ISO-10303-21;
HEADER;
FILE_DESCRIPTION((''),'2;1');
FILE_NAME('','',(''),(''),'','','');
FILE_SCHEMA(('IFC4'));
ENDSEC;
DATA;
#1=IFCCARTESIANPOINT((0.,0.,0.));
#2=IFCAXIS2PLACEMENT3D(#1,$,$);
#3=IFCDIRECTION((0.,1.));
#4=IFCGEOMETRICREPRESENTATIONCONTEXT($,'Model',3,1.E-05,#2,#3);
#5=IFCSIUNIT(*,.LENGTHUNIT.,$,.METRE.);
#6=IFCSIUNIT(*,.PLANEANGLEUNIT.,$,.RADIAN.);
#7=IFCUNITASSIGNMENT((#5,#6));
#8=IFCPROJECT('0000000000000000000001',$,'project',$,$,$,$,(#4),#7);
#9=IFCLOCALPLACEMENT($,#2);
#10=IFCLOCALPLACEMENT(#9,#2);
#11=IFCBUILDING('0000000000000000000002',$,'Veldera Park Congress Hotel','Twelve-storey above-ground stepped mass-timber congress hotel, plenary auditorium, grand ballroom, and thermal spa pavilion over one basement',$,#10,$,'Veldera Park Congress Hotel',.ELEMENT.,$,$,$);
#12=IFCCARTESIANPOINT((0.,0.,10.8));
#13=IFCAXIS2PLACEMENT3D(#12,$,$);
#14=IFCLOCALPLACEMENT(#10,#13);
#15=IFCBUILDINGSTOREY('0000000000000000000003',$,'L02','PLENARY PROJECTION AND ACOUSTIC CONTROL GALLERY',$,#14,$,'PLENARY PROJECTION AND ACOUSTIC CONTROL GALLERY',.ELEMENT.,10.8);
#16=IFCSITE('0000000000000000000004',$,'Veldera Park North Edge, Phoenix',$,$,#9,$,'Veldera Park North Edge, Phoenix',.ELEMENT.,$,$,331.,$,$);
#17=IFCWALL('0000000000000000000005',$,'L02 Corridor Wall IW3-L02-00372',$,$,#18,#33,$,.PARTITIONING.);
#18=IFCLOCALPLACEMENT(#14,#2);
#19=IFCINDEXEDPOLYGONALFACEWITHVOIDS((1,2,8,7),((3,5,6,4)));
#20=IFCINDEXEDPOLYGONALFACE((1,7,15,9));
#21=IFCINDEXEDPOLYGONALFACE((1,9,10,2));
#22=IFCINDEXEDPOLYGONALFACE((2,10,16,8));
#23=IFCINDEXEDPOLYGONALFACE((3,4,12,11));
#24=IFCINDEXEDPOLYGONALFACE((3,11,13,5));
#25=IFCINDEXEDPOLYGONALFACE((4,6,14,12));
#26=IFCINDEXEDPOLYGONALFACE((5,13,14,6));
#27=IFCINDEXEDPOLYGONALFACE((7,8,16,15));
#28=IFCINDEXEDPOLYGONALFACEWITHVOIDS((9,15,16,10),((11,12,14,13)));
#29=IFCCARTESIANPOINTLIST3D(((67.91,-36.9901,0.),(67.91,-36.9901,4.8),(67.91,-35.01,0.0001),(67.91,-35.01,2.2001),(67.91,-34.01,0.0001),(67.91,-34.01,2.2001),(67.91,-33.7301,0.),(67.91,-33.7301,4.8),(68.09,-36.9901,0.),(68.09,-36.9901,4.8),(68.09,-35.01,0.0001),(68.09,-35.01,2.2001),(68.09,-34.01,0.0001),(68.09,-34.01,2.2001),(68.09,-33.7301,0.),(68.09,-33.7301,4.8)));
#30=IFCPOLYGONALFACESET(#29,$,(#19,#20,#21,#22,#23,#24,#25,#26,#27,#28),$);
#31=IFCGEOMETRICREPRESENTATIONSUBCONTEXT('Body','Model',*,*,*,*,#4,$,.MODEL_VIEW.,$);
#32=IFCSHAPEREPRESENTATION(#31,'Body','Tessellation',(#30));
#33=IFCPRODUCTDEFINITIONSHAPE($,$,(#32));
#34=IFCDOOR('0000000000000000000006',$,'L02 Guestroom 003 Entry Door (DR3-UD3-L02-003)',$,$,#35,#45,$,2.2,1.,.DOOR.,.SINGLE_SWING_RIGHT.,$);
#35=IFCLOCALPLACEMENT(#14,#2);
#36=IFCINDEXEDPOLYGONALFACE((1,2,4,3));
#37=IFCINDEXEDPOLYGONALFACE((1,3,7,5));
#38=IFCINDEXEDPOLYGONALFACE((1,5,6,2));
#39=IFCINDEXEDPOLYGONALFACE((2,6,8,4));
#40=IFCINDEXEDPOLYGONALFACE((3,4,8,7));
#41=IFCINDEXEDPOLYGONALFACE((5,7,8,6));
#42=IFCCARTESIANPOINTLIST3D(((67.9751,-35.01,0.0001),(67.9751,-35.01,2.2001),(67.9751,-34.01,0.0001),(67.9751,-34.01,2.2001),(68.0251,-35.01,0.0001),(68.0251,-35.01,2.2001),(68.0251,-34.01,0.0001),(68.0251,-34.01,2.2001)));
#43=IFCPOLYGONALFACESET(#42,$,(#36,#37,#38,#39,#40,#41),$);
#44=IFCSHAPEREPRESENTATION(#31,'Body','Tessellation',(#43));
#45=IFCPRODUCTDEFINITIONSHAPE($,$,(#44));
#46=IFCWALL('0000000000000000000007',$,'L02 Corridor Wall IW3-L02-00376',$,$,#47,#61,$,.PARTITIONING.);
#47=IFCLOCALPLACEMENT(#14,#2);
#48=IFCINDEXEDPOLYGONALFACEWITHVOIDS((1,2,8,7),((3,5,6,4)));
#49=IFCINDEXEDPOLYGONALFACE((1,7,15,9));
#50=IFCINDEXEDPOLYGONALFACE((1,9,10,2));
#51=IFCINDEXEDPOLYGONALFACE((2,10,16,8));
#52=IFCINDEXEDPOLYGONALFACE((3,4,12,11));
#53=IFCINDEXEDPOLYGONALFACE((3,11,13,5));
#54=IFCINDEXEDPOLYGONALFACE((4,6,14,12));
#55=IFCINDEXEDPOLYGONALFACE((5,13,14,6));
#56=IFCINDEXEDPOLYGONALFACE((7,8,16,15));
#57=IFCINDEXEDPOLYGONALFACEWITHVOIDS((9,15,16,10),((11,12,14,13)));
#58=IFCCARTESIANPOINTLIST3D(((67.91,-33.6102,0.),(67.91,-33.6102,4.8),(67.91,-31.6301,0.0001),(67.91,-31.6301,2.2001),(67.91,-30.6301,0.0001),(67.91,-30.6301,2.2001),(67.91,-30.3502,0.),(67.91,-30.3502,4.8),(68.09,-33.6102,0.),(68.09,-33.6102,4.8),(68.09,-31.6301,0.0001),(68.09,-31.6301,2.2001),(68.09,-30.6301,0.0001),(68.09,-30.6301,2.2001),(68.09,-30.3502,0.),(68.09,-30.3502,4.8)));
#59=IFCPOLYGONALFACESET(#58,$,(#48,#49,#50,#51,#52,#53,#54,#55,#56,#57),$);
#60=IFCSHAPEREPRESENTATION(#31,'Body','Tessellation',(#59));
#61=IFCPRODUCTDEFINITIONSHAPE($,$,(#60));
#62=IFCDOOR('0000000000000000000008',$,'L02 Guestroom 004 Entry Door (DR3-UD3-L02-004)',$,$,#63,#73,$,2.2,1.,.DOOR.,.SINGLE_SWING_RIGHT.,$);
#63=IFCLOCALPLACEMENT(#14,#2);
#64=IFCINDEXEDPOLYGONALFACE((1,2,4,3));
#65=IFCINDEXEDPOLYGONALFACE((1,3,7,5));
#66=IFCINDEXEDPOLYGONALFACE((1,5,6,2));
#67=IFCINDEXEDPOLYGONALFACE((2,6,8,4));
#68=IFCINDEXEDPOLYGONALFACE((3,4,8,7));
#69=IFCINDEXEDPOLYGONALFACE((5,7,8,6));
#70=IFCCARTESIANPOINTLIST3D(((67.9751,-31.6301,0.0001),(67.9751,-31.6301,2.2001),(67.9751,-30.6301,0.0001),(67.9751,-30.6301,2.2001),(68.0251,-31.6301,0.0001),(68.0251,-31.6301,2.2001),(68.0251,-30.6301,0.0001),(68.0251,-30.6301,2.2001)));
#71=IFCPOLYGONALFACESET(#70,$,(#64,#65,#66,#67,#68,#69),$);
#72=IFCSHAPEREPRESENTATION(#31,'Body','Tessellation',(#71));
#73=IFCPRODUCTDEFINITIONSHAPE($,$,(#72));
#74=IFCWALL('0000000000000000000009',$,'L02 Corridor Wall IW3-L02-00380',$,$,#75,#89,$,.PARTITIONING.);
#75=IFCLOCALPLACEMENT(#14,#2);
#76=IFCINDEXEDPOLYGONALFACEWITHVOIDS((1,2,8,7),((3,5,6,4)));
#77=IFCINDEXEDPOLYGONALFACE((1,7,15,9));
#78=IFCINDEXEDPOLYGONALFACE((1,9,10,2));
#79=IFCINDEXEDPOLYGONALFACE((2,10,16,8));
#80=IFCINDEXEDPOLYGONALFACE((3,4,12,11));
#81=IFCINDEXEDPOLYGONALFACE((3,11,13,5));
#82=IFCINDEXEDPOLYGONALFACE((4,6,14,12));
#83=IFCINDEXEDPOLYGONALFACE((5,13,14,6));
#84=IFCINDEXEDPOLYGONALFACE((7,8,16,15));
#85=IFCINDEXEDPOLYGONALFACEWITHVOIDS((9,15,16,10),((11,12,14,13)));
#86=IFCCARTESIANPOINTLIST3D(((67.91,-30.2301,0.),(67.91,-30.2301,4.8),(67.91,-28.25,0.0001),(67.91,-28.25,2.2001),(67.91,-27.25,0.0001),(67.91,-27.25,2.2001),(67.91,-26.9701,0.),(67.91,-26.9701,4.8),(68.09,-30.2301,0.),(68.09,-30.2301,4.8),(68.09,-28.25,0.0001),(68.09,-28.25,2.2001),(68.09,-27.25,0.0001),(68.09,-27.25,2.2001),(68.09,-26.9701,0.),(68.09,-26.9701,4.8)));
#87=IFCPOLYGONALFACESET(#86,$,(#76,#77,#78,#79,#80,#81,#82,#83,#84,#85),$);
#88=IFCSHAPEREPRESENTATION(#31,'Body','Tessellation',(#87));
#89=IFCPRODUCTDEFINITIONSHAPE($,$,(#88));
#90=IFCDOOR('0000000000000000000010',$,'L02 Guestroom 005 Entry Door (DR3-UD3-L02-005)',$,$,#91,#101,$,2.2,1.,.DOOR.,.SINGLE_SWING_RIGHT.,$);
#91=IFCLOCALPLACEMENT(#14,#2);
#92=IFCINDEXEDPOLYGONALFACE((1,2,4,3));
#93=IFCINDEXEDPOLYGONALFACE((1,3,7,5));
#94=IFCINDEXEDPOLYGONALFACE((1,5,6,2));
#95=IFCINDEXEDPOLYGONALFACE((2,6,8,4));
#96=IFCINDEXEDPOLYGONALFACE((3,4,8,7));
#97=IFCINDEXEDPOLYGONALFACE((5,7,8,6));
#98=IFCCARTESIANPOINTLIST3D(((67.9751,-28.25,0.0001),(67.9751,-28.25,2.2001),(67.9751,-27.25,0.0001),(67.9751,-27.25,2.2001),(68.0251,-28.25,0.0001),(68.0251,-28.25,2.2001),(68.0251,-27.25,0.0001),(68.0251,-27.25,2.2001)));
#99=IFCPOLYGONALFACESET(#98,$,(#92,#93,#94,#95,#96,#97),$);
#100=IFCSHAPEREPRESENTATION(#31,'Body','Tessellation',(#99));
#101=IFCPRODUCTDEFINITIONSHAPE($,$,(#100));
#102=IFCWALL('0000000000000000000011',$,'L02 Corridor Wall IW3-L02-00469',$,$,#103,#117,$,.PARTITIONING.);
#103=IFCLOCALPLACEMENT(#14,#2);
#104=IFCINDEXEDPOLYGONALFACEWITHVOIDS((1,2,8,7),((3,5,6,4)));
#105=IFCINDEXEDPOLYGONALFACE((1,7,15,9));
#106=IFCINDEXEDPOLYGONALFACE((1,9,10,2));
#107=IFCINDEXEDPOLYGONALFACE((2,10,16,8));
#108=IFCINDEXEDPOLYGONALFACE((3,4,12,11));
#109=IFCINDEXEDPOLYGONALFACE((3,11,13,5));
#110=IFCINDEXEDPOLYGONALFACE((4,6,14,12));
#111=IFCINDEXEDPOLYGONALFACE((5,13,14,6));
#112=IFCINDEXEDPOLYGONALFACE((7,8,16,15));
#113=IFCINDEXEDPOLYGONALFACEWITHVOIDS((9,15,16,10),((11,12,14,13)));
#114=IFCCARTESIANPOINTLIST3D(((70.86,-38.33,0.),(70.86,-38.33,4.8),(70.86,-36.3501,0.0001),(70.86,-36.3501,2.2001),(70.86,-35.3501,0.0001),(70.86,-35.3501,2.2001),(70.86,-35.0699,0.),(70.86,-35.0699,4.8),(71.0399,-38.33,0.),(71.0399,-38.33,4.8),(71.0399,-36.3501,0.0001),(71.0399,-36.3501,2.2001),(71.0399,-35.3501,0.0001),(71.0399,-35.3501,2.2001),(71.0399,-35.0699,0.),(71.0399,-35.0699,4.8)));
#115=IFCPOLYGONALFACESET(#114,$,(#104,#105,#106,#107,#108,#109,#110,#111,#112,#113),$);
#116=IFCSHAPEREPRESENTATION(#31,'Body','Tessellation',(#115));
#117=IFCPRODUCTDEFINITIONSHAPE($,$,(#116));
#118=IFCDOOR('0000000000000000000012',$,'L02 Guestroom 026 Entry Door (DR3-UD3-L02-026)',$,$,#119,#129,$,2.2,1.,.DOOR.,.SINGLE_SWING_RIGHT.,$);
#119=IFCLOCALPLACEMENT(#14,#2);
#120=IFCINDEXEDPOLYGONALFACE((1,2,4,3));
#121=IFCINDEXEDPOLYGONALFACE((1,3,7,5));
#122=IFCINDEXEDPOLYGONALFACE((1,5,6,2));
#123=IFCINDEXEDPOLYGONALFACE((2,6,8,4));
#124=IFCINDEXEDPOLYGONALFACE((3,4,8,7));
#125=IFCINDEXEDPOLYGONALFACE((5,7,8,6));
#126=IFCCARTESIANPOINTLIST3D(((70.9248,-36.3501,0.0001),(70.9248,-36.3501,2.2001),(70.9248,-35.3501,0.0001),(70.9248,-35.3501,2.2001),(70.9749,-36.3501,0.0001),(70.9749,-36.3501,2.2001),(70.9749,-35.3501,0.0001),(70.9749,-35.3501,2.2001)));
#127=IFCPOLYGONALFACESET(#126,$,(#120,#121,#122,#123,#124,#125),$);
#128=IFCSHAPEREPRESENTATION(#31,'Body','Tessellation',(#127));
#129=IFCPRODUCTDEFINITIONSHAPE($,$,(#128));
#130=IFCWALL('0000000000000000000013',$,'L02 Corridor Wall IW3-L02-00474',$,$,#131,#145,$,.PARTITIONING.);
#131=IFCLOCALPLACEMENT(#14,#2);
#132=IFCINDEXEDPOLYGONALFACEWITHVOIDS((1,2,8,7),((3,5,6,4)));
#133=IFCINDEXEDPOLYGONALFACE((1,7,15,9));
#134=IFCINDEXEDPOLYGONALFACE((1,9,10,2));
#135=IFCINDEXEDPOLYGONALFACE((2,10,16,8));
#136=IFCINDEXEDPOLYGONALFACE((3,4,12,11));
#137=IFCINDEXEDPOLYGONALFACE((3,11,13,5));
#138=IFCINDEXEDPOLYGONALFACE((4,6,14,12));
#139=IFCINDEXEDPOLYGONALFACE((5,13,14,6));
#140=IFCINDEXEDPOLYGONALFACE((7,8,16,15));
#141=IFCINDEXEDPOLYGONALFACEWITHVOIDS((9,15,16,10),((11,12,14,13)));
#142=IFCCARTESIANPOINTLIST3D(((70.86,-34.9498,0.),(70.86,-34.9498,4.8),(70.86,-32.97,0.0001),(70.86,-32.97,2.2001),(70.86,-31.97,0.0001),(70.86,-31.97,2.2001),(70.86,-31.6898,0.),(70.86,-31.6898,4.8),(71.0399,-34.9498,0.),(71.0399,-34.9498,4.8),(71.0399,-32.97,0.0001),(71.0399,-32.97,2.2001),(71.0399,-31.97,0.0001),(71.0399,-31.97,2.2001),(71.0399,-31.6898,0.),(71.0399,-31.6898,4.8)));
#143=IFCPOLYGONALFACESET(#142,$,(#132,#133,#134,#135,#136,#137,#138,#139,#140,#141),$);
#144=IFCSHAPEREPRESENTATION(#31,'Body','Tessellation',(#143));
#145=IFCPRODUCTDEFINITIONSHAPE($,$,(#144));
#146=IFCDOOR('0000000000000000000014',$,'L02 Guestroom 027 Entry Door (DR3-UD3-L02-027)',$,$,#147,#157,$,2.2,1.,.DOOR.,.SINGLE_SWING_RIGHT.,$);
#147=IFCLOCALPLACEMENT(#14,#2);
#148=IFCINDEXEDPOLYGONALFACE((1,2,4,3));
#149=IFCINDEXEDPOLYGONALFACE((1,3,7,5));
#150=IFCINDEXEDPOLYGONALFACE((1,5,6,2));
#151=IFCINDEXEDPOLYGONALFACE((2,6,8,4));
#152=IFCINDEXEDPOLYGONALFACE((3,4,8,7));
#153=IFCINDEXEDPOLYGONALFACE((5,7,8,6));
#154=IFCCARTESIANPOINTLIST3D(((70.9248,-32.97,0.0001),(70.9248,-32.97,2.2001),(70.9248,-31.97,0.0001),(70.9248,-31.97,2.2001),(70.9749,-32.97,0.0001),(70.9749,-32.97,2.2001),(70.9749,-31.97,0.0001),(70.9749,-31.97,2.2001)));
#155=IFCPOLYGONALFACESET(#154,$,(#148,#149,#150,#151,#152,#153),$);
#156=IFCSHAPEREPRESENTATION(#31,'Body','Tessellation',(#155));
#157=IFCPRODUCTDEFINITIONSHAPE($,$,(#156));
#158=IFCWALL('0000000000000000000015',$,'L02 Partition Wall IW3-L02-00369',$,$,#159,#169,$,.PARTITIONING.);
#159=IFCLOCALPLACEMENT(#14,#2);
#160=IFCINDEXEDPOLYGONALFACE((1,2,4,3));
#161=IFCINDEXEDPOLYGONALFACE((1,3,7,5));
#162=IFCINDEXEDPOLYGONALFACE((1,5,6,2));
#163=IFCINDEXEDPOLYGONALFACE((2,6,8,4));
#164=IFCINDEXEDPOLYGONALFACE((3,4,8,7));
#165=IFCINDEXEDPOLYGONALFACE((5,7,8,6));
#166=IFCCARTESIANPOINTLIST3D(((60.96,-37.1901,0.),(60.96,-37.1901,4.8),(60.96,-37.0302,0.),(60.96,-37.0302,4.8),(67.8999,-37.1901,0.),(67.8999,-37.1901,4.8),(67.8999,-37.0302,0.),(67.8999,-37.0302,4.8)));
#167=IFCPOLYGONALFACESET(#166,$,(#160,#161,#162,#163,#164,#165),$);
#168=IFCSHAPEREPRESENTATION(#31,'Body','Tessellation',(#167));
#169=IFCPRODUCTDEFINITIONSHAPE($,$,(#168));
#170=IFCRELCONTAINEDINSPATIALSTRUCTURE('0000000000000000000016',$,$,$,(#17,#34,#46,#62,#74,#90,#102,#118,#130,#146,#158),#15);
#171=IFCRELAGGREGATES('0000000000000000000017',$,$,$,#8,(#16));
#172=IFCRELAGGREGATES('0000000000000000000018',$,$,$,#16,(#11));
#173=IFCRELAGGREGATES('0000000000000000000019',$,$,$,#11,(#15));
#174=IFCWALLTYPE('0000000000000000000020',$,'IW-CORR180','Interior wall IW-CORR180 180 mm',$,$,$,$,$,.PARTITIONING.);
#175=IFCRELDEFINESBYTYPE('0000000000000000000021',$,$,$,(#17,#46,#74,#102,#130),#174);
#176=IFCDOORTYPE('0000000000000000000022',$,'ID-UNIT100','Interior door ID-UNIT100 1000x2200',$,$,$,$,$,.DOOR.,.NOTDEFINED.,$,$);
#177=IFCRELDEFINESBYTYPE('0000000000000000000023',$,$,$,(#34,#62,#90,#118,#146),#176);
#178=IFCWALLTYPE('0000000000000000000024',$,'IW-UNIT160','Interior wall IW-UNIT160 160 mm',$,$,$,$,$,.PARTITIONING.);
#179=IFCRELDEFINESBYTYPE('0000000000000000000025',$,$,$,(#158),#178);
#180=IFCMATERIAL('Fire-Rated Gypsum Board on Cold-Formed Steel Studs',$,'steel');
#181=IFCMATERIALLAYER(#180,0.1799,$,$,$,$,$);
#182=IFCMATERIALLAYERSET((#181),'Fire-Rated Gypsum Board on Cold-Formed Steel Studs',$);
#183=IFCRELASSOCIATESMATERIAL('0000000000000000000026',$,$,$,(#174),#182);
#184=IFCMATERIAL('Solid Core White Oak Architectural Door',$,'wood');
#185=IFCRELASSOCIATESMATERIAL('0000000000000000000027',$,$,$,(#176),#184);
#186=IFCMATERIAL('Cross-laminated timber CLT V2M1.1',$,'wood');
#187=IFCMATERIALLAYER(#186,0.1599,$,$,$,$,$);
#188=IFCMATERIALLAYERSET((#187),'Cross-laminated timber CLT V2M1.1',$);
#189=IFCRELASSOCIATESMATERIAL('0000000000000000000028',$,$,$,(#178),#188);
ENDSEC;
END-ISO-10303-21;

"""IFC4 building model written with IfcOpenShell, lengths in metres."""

from ifc_helpers import new_model, si_unit, direction, frame, frame_2d, origin, place, context, subcontext, project, spatial, rectangle, extrude, material, layer, layer_set, type_object, element, fill, save


model = new_model("IFC4")

# Units and contexts
model_context = context("Model", 3, precision=1e-05, world=origin(), true_north=direction((0.0, 1.0)))
body_context = subcontext(model_context, "Body", "Model", "MODEL_VIEW")
ifc_project = project(units=[si_unit("LENGTHUNIT", "METRE"), si_unit("PLANEANGLEUNIT", "RADIAN")], contexts=[model_context])

# Site, building, storey
site_placement = place(None, origin())
site = spatial("IfcSite", under=ifc_project, at=site_placement, Name="Veldera Park North Edge, Phoenix", LongName="Veldera Park North Edge, Phoenix", CompositionType="ELEMENT", RefElevation=331.0)
building_placement = place(site_placement, origin())
building = spatial("IfcBuilding", under=site, at=building_placement, Name="Veldera Park Congress Hotel", Description="Twelve-storey above-ground stepped mass-timber congress hotel, plenary auditorium, grand ballroom, and thermal spa pavilion over one basement", LongName="Veldera Park Congress Hotel", CompositionType="ELEMENT")
storey_placement = place(building_placement, frame((0.0, 0.0, 10.8)))
storey = spatial("IfcBuildingStorey", under=building, at=storey_placement, Name="L02", Description="PLENARY PROJECTION AND ACOUSTIC CONTROL GALLERY", LongName="PLENARY PROJECTION AND ACOUSTIC CONTROL GALLERY", CompositionType="ELEMENT", Elevation=10.8)

# Shared definitions
ifc_material_1 = material(Name="Cross-laminated timber CLT V2M1.1", Category="wood")

# Shared definitions
ifc_material_2 = material(Name="Fire-Rated Gypsum Board on Cold-Formed Steel Studs", Category="steel")
ifc_material_3 = material(Name="Solid Core White Oak Architectural Door", Category="wood")

# Walls, openings, doors
ifc_layer_1 = layer(ifc_material_2, 0.1799)
ifc_layer_set_1 = layer_set([ifc_layer_1], Name="Fire-Rated Gypsum Board on Cold-Formed Steel Studs")
wall_type_1 = type_object("IfcWallType", Name="IW-CORR180", Description="Interior wall IW-CORR180 180 mm", PredefinedType="PARTITIONING", material=ifc_layer_set_1)
wall_1_placement = place(storey_placement, frame((68.0, -36.99, 0.0), z_axis=(0.0, 0.0, 1.0), x_axis=(0.0, 1.0, 0.0)))
wall_1 = element("IfcWall", 1, at=wall_1_placement, inside=storey, type_object=wall_type_1, Name="L02 Corridor Wall IW3-L02-00372", PredefinedType="PARTITIONING", context=body_context, shape_type="SweptSolid", body=[
    extrude(rectangle(XDim=3.26, YDim=0.1799, at=frame_2d((1.6299, 0.0))), origin(), (0.0, 0.0, 1.0), 4.8),
])
opening_1_placement = place(wall_1_placement, frame((1.98, 0.0, 0.0)))
opening_1 = element("IfcOpeningElement", 2, at=opening_1_placement, cuts=wall_1, PredefinedType="OPENING", context=body_context, shape_type="SweptSolid", body=[
    extrude(rectangle(XDim=1.0, YDim=2.2, at=frame_2d((0.5, 1.1001))), frame((0.0, 0.1021, 0.0), z_axis=(0.0, -1.0, 0.0), x_axis=(1.0, 0.0, 0.0)), (0.0, 0.0, 1.0), 0.2039),
])
door_type_1 = type_object("IfcDoorType", Name="ID-UNIT100", Description="Interior door ID-UNIT100 1000x2200", OperationType="NOTDEFINED", PredefinedType="DOOR", material=ifc_material_3)
door_1_placement = place(opening_1_placement, origin())
door_1 = element("IfcDoor", 3, at=door_1_placement, inside=storey, type_object=door_type_1, Name="L02 Guestroom 003 Entry Door (DR3-UD3-L02-003)", OperationType="SINGLE_SWING_RIGHT", OverallHeight=2.2, OverallWidth=1.0, PredefinedType="DOOR", context=body_context, shape_type="SweptSolid", body=[
    extrude(rectangle(XDim=1.0, YDim=2.2, at=frame_2d((0.5, 1.1001))), frame((0.0, 0.0249, 0.0), z_axis=(0.0, -1.0, 0.0), x_axis=(1.0, 0.0, 0.0)), (0.0, 0.0, 1.0), 0.05),
])
fill(opening_1, door_1)
wall_2_placement = place(storey_placement, frame((68.0, -33.6101, 0.0), z_axis=(0.0, 0.0, 1.0), x_axis=(0.0, 1.0, 0.0)))
wall_2 = element("IfcWall", 4, at=wall_2_placement, inside=storey, type_object=wall_type_1, Name="L02 Corridor Wall IW3-L02-00376", PredefinedType="PARTITIONING", context=body_context, shape_type="SweptSolid", body=[
    extrude(rectangle(XDim=3.26, YDim=0.1799, at=frame_2d((1.6299, 0.0))), origin(), (0.0, 0.0, 1.0), 4.8),
])
opening_2_placement = place(wall_2_placement, frame((1.98, 0.0, 0.0)))
opening_2 = element("IfcOpeningElement", 5, at=opening_2_placement, cuts=wall_2, PredefinedType="OPENING", context=body_context, shape_type="SweptSolid", body=[
    extrude(rectangle(XDim=1.0, YDim=2.2, at=frame_2d((0.5, 1.1001))), frame((0.0, 0.1021, 0.0), z_axis=(0.0, -1.0, 0.0), x_axis=(1.0, 0.0, 0.0)), (0.0, 0.0, 1.0), 0.2039),
])
door_2_placement = place(opening_2_placement, origin())
door_2 = element("IfcDoor", 6, at=door_2_placement, inside=storey, type_object=door_type_1, Name="L02 Guestroom 004 Entry Door (DR3-UD3-L02-004)", OperationType="SINGLE_SWING_RIGHT", OverallHeight=2.2, OverallWidth=1.0, PredefinedType="DOOR", context=body_context, shape_type="SweptSolid", body=[
    extrude(rectangle(XDim=1.0, YDim=2.2, at=frame_2d((0.5, 1.1001))), frame((0.0, 0.0249, 0.0), z_axis=(0.0, -1.0, 0.0), x_axis=(1.0, 0.0, 0.0)), (0.0, 0.0, 1.0), 0.05),
])
fill(opening_2, door_2)
wall_3_placement = place(storey_placement, frame((68.0, -30.23, 0.0), z_axis=(0.0, 0.0, 1.0), x_axis=(0.0, 1.0, 0.0)))
wall_3 = element("IfcWall", 7, at=wall_3_placement, inside=storey, type_object=wall_type_1, Name="L02 Corridor Wall IW3-L02-00380", PredefinedType="PARTITIONING", context=body_context, shape_type="SweptSolid", body=[
    extrude(rectangle(XDim=3.26, YDim=0.1799, at=frame_2d((1.6299, 0.0))), origin(), (0.0, 0.0, 1.0), 4.8),
])
opening_3_placement = place(wall_3_placement, frame((1.98, 0.0, 0.0)))
opening_3 = element("IfcOpeningElement", 8, at=opening_3_placement, cuts=wall_3, PredefinedType="OPENING", context=body_context, shape_type="SweptSolid", body=[
    extrude(rectangle(XDim=1.0, YDim=2.2, at=frame_2d((0.5, 1.1001))), frame((0.0, 0.1021, 0.0), z_axis=(0.0, -1.0, 0.0), x_axis=(1.0, 0.0, 0.0)), (0.0, 0.0, 1.0), 0.2039),
])
door_3_placement = place(opening_3_placement, origin())
door_3 = element("IfcDoor", 9, at=door_3_placement, inside=storey, type_object=door_type_1, Name="L02 Guestroom 005 Entry Door (DR3-UD3-L02-005)", OperationType="SINGLE_SWING_RIGHT", OverallHeight=2.2, OverallWidth=1.0, PredefinedType="DOOR", context=body_context, shape_type="SweptSolid", body=[
    extrude(rectangle(XDim=1.0, YDim=2.2, at=frame_2d((0.5, 1.1001))), frame((0.0, 0.0249, 0.0), z_axis=(0.0, -1.0, 0.0), x_axis=(1.0, 0.0, 0.0)), (0.0, 0.0, 1.0), 0.05),
])
fill(opening_3, door_3)
wall_4_placement = place(storey_placement, frame((70.95, -35.0701, 0.0), z_axis=(0.0, 0.0, 1.0), x_axis=(0.0, -1.0, 0.0)))
wall_4 = element("IfcWall", 10, at=wall_4_placement, inside=storey, type_object=wall_type_1, Name="L02 Corridor Wall IW3-L02-00469", PredefinedType="PARTITIONING", context=body_context, shape_type="SweptSolid", body=[
    extrude(rectangle(XDim=3.26, YDim=0.1799, at=frame_2d((1.6299, 0.0))), origin(), (0.0, 0.0, 1.0), 4.8),
])
opening_4_placement = place(wall_4_placement, frame((0.28, 0.0, 0.0)))
opening_4 = element("IfcOpeningElement", 11, at=opening_4_placement, cuts=wall_4, PredefinedType="OPENING", context=body_context, shape_type="SweptSolid", body=[
    extrude(rectangle(XDim=1.0, YDim=2.2, at=frame_2d((0.5, 1.1001))), frame((0.0, 0.1021, 0.0), z_axis=(0.0, -1.0, 0.0), x_axis=(1.0, 0.0, 0.0)), (0.0, 0.0, 1.0), 0.2039),
])
door_4_placement = place(opening_4_placement, origin())
door_4 = element("IfcDoor", 12, at=door_4_placement, inside=storey, type_object=door_type_1, Name="L02 Guestroom 026 Entry Door (DR3-UD3-L02-026)", OperationType="SINGLE_SWING_RIGHT", OverallHeight=2.2, OverallWidth=1.0, PredefinedType="DOOR", context=body_context, shape_type="SweptSolid", body=[
    extrude(rectangle(XDim=1.0, YDim=2.2, at=frame_2d((0.5, 1.1001))), frame((0.0, 0.0249, 0.0), z_axis=(0.0, -1.0, 0.0), x_axis=(1.0, 0.0, 0.0)), (0.0, 0.0, 1.0), 0.05),
])
fill(opening_4, door_4)
wall_5_placement = place(storey_placement, frame((70.95, -31.6899, 0.0), z_axis=(0.0, 0.0, 1.0), x_axis=(0.0, -1.0, 0.0)))
wall_5 = element("IfcWall", 13, at=wall_5_placement, inside=storey, type_object=wall_type_1, Name="L02 Corridor Wall IW3-L02-00474", PredefinedType="PARTITIONING", context=body_context, shape_type="SweptSolid", body=[
    extrude(rectangle(XDim=3.26, YDim=0.1799, at=frame_2d((1.6299, 0.0))), origin(), (0.0, 0.0, 1.0), 4.8),
])
opening_5_placement = place(wall_5_placement, frame((0.28, 0.0, 0.0)))
opening_5 = element("IfcOpeningElement", 14, at=opening_5_placement, cuts=wall_5, PredefinedType="OPENING", context=body_context, shape_type="SweptSolid", body=[
    extrude(rectangle(XDim=1.0, YDim=2.2, at=frame_2d((0.5, 1.1001))), frame((0.0, 0.1021, 0.0), z_axis=(0.0, -1.0, 0.0), x_axis=(1.0, 0.0, 0.0)), (0.0, 0.0, 1.0), 0.2039),
])
door_5_placement = place(opening_5_placement, origin())
door_5 = element("IfcDoor", 15, at=door_5_placement, inside=storey, type_object=door_type_1, Name="L02 Guestroom 027 Entry Door (DR3-UD3-L02-027)", OperationType="SINGLE_SWING_RIGHT", OverallHeight=2.2, OverallWidth=1.0, PredefinedType="DOOR", context=body_context, shape_type="SweptSolid", body=[
    extrude(rectangle(XDim=1.0, YDim=2.2, at=frame_2d((0.5, 1.1001))), frame((0.0, 0.0249, 0.0), z_axis=(0.0, -1.0, 0.0), x_axis=(1.0, 0.0, 0.0)), (0.0, 0.0, 1.0), 0.05),
])
fill(opening_5, door_5)

# Wall
ifc_layer_2 = layer(ifc_material_1, 0.1599)
ifc_layer_set_2 = layer_set([ifc_layer_2], Name="Cross-laminated timber CLT V2M1.1")
wall_type_2 = type_object("IfcWallType", Name="IW-UNIT160", Description="Interior wall IW-UNIT160 160 mm", PredefinedType="PARTITIONING", material=ifc_layer_set_2)
for number, where, z_axis, x_axis, name in (
    (16, (60.96, -37.1101, 0.0), (0.0, 0.0, 1.0), (1.0, 0.0, 0.0), "L02 Partition Wall IW3-L02-00369"),
):
    element("IfcWall", number, at=place(storey_placement, frame(where, z_axis=z_axis, x_axis=x_axis)), inside=storey, type_object=wall_type_2, Name=name, PredefinedType="PARTITIONING", context=body_context, shape_type="SweptSolid", body=[
        extrude(rectangle(XDim=6.9399, YDim=0.1599, at=frame_2d((3.47, 0.0))), origin(), (0.0, 0.0, 1.0), 4.8),
    ])

save(model, "model.ifc")
